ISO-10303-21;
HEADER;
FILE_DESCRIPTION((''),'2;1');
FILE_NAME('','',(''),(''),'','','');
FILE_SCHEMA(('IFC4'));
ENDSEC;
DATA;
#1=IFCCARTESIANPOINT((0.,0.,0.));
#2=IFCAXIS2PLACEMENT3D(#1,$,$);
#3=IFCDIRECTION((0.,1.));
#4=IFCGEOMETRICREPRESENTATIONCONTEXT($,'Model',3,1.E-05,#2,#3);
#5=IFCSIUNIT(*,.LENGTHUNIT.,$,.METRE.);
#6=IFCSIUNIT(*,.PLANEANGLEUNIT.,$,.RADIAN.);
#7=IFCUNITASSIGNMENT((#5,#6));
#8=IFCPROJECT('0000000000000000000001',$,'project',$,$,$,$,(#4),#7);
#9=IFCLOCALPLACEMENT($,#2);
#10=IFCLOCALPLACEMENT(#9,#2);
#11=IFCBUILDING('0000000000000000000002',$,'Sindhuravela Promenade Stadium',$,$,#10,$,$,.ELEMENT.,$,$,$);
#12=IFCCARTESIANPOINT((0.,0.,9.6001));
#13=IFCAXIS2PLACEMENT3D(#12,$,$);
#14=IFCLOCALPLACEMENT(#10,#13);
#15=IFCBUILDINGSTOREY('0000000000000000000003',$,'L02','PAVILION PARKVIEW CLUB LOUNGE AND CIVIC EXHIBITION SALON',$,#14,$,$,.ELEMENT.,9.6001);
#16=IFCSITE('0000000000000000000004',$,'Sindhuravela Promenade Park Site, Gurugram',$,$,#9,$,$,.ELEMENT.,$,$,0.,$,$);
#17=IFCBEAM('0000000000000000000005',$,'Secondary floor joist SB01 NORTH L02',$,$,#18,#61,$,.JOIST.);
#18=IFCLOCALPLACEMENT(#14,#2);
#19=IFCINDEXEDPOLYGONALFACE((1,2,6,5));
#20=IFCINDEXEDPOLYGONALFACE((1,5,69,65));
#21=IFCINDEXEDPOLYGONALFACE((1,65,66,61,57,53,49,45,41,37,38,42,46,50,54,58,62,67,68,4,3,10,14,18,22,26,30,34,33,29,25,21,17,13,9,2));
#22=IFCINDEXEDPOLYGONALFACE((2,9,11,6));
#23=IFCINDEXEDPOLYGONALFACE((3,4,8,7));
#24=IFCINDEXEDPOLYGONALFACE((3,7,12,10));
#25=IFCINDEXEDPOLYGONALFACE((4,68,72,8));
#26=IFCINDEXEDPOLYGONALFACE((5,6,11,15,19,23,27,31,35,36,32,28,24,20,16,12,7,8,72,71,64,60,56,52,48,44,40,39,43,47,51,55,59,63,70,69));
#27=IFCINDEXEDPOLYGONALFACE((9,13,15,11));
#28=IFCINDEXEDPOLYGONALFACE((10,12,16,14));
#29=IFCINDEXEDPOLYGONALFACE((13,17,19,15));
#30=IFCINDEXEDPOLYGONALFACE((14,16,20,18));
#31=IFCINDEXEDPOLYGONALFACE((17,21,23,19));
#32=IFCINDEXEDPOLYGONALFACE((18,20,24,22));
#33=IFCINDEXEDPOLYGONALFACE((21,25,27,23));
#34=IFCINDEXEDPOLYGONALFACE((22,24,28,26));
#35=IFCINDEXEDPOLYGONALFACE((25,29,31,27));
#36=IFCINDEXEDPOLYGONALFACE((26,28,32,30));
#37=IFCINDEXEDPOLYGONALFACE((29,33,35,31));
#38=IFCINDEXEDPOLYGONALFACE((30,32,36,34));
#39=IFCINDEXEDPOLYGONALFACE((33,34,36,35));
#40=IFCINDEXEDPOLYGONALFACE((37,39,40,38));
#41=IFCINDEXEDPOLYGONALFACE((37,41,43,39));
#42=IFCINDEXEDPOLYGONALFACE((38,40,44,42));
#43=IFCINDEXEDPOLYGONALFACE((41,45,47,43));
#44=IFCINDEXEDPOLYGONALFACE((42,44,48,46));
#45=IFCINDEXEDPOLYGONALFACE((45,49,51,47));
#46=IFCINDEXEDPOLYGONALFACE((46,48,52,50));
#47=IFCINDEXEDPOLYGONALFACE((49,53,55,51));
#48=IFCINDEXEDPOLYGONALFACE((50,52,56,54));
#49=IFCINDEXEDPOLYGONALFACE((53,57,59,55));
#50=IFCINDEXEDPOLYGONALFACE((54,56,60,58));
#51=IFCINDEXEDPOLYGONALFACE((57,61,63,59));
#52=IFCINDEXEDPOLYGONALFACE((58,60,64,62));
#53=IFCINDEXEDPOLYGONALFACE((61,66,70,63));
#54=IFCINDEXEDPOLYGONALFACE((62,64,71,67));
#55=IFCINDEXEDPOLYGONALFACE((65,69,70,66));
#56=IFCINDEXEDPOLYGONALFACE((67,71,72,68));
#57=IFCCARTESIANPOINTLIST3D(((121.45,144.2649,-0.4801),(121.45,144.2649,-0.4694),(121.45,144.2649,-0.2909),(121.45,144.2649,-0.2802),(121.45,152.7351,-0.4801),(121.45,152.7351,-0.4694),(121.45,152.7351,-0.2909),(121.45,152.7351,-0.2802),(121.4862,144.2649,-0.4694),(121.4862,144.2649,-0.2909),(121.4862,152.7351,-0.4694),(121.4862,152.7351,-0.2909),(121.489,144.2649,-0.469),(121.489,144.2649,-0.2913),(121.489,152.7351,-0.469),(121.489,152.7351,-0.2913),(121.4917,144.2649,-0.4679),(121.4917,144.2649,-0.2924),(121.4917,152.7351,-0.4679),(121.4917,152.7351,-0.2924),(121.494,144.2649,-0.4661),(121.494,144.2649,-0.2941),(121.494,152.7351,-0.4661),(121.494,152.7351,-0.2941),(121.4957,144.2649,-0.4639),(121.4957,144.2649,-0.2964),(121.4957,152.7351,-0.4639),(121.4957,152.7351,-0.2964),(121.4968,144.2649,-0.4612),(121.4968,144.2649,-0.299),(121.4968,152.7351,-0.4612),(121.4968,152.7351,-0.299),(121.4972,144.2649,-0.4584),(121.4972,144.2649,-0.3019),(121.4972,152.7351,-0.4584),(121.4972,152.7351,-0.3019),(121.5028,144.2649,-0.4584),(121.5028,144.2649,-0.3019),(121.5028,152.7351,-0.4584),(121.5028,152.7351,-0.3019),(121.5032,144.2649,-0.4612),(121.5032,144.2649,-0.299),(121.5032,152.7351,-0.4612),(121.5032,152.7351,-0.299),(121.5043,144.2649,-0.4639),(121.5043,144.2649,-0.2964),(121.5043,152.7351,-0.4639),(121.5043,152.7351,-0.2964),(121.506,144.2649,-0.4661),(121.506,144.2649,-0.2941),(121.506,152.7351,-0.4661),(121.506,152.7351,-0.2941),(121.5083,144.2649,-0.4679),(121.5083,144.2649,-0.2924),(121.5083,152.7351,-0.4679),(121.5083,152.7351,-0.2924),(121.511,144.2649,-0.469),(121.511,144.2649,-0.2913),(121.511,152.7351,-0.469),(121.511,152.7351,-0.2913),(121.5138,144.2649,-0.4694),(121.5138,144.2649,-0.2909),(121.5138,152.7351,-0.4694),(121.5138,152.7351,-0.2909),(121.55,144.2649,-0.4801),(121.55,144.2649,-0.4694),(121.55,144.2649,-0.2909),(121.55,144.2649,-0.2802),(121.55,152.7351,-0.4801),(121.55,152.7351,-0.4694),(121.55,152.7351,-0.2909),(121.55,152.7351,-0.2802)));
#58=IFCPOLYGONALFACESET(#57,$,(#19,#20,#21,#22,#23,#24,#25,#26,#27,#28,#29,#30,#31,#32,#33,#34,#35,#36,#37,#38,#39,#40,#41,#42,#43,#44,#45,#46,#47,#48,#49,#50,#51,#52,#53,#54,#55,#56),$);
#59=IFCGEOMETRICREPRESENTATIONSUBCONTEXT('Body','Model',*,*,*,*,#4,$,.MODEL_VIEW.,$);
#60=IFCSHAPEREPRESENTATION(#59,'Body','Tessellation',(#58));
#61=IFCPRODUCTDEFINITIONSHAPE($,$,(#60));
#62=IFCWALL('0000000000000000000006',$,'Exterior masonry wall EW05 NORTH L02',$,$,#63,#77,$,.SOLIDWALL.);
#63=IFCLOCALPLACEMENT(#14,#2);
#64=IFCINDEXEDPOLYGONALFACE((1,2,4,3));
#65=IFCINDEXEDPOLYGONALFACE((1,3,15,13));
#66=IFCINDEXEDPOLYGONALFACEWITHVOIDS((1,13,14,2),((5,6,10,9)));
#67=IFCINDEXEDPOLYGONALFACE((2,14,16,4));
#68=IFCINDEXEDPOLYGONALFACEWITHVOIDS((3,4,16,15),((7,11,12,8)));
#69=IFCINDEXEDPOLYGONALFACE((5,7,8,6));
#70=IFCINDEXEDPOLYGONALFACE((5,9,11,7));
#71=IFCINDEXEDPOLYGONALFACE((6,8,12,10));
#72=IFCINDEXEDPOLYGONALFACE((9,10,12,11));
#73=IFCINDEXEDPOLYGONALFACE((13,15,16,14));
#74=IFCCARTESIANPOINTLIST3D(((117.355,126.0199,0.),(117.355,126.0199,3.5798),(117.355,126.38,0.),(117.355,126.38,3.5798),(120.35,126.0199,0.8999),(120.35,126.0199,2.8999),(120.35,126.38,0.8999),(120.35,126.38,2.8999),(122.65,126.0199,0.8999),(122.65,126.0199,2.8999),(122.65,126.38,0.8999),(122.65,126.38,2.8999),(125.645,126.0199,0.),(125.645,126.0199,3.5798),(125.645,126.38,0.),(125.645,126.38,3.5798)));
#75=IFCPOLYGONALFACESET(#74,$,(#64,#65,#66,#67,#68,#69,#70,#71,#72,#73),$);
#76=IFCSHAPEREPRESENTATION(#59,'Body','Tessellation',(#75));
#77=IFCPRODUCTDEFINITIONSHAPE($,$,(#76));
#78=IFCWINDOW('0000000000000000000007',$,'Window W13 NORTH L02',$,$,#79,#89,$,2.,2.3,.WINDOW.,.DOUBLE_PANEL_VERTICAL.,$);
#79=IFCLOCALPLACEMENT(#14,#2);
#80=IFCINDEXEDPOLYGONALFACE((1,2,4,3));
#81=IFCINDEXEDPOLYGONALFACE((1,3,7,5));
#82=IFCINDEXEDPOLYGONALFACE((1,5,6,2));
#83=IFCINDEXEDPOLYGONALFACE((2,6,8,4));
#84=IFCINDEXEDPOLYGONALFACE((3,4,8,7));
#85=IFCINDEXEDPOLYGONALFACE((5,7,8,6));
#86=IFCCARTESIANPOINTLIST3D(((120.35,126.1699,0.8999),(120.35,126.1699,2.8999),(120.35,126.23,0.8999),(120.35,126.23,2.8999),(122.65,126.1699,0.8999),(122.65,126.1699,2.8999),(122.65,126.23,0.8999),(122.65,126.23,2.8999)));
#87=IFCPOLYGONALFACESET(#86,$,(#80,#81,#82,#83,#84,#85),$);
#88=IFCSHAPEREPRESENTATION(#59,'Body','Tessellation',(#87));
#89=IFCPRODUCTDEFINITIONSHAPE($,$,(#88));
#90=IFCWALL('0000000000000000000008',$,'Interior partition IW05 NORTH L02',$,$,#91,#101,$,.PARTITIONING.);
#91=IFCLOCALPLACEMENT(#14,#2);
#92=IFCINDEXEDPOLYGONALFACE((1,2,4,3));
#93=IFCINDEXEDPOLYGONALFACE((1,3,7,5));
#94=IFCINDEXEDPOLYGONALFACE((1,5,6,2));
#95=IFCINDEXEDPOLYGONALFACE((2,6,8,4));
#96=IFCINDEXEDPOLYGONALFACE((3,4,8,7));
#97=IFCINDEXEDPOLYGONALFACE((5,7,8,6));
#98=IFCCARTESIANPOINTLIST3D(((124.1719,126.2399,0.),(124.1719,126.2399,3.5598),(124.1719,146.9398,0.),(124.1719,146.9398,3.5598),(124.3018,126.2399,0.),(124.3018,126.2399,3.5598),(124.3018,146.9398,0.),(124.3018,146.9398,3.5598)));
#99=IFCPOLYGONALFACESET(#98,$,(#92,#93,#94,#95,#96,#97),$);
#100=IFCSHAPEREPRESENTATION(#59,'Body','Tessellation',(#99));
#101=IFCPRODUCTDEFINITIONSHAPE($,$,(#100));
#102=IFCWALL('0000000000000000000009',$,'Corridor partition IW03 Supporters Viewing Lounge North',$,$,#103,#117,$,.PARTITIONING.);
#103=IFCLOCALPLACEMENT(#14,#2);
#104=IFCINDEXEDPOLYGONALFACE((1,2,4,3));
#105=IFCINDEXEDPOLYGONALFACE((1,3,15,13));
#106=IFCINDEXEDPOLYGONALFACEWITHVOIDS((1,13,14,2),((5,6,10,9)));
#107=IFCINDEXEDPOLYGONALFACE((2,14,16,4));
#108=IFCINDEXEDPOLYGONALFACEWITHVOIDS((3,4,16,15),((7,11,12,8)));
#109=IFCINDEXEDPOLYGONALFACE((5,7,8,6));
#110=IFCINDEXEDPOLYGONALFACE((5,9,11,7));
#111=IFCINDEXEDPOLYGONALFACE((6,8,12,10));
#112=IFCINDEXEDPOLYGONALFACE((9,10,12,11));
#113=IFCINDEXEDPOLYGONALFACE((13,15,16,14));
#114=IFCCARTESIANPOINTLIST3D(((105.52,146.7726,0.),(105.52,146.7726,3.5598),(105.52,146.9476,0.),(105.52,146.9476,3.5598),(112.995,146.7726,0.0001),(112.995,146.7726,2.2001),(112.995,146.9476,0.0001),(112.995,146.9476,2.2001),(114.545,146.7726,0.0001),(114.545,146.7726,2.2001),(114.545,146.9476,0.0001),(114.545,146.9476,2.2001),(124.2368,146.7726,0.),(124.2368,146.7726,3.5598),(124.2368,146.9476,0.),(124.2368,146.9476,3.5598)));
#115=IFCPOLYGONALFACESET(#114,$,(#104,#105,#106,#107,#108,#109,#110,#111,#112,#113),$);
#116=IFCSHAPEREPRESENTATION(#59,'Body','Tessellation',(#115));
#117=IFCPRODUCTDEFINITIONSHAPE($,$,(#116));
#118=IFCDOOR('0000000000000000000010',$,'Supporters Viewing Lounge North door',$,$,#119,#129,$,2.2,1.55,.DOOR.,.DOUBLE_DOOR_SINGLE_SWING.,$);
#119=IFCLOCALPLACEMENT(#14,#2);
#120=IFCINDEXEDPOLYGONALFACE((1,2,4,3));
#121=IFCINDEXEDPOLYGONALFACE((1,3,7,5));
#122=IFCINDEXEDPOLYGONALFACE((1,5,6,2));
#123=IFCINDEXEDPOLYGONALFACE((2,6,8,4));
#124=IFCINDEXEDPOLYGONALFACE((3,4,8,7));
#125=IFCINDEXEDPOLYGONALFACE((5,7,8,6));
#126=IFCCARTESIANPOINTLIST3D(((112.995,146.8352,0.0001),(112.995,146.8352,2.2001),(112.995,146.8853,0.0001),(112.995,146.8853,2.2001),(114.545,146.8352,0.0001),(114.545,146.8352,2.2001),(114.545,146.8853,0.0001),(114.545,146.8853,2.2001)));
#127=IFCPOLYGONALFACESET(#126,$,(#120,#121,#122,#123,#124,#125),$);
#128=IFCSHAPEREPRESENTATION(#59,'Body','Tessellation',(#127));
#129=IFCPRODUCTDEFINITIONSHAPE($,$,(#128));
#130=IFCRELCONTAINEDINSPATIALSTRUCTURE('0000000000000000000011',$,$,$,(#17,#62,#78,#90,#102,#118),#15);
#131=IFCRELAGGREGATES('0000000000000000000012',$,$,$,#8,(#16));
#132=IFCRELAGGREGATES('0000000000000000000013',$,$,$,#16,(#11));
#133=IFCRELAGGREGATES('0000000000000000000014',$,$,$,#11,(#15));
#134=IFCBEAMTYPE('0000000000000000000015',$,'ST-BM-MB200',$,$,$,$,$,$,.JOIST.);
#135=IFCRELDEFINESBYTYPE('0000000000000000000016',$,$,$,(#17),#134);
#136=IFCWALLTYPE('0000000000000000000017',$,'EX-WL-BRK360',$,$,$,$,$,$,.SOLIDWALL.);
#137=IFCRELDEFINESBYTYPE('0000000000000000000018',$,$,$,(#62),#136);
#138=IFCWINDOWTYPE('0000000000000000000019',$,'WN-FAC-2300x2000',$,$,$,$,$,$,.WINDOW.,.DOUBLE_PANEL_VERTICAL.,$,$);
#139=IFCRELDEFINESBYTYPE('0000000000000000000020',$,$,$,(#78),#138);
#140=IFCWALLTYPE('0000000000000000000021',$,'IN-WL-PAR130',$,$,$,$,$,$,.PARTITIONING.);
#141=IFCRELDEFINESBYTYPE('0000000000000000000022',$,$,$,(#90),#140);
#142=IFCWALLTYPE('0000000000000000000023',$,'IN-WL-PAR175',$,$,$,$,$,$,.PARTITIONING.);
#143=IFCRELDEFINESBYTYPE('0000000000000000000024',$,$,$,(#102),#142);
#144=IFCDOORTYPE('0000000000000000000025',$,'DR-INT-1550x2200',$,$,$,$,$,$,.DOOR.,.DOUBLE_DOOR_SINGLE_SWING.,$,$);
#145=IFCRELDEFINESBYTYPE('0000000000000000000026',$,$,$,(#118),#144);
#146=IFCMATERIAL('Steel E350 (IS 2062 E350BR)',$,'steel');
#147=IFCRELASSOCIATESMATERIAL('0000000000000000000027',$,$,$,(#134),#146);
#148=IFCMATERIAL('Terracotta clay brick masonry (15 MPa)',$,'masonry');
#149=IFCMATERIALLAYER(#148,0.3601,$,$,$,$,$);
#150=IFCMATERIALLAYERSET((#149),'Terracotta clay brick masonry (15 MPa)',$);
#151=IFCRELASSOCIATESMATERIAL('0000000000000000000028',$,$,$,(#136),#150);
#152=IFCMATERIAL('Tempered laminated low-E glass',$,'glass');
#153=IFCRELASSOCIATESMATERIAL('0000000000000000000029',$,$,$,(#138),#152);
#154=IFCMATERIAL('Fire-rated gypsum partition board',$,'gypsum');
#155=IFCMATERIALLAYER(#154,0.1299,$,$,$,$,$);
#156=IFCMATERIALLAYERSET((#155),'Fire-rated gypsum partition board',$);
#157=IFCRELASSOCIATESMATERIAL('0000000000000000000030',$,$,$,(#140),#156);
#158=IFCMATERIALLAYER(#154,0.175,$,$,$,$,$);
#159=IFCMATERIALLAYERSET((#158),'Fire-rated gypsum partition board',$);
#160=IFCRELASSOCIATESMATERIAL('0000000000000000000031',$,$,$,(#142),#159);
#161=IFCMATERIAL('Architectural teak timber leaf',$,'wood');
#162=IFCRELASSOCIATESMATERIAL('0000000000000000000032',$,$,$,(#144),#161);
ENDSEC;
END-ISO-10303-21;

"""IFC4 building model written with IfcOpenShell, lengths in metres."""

from ifc_helpers import new_model, si_unit, direction, frame, frame_2d, origin, origin_2d, place, context, subcontext, project, spatial, rectangle, i_section, extrude, material, layer, layer_set, material_profile, profile_set, type_object, element, fill, save


model = new_model("IFC4")

# Units and contexts
model_context = context("Model", 3, precision=1e-05, world=origin(), true_north=direction((0.0, 1.0)))
body_context = subcontext(model_context, "Body", "Model", "MODEL_VIEW")
ifc_project = project(units=[si_unit("LENGTHUNIT", "METRE"), si_unit("PLANEANGLEUNIT", "RADIAN")], contexts=[model_context])

# Site, building, storey
site_placement = place(None, origin())
site = spatial("IfcSite", under=ifc_project, at=site_placement, Name="Sindhuravela Promenade Park Site, Gurugram", CompositionType="ELEMENT", RefElevation=0.0)
building_placement = place(site_placement, origin())
building = spatial("IfcBuilding", under=site, at=building_placement, Name="Sindhuravela Promenade Stadium", CompositionType="ELEMENT")
storey_placement = place(building_placement, frame((0.0, 0.0, 9.6001)))
storey = spatial("IfcBuildingStorey", under=building, at=storey_placement, Name="L02", Description="PAVILION PARKVIEW CLUB LOUNGE AND CIVIC EXHIBITION SALON", CompositionType="ELEMENT", Elevation=9.6001)

# Beam
ifc_material_1 = material(Name="Steel E350 (IS 2062 E350BR)", Category="steel")
ifc_material_profile_1 = material_profile(ifc_material_1, i_section(OverallWidth=0.1001, OverallDepth=0.2, WebThickness=0.0056, FlangeThickness=0.0107, FilletRadius=0.011, at=origin_2d()), Name="ISMB 200")
ifc_profile_set_1 = profile_set([ifc_material_profile_1], Name="Steel E350 (IS 2062 E350BR)")
beam_type_1 = type_object("IfcBeamType", Name="ST-BM-MB200", PredefinedType="JOIST", material=ifc_profile_set_1)
beam_1_placement = place(storey_placement, frame((121.5, 144.2649, -0.3801), z_axis=(0.0, 1.0, 0.0), x_axis=(-1.0, 0.0, 0.0)))
element("IfcBeam", 1, at=beam_1_placement, inside=storey, type_object=beam_type_1, Name="Secondary floor joist SB01 NORTH L02", PredefinedType="JOIST", context=body_context, shape_type="SweptSolid", body=[
    extrude(i_section(OverallWidth=0.1001, OverallDepth=0.2, WebThickness=0.0056, FlangeThickness=0.0107, FilletRadius=0.011, at=origin_2d()), origin(), (0.0, 0.0, 1.0), 8.4702),
])

# Wall, opening, window
ifc_material_2 = material(Name="Terracotta clay brick masonry (15 MPa)", Category="masonry")
ifc_layer_1 = layer(ifc_material_2, 0.3601)
ifc_layer_set_1 = layer_set([ifc_layer_1], Name="Terracotta clay brick masonry (15 MPa)")
wall_type_1 = type_object("IfcWallType", Name="EX-WL-BRK360", PredefinedType="SOLIDWALL", material=ifc_layer_set_1)
wall_1_placement = place(storey_placement, frame((125.645, 126.2, 0.0), z_axis=(0.0, 0.0, 1.0), x_axis=(-1.0, 0.0, 0.0)))
wall_1 = element("IfcWall", 2, at=wall_1_placement, inside=storey, type_object=wall_type_1, Name="Exterior masonry wall EW05 NORTH L02", PredefinedType="SOLIDWALL", context=body_context, shape_type="SweptSolid", body=[
    extrude(rectangle(XDim=8.29, YDim=0.3601, at=frame_2d((4.145, 0.0))), origin(), (0.0, 0.0, 1.0), 3.5798),
])
opening_1_placement = place(wall_1_placement, frame((2.9951, 0.0, 0.8999)))
opening_1 = element("IfcOpeningElement", 3, at=opening_1_placement, cuts=wall_1, PredefinedType="OPENING", context=body_context, shape_type="SweptSolid", body=[
    extrude(rectangle(XDim=2.3, YDim=2.0, at=frame_2d((1.1499, 1.0))), frame((0.0, 0.1899, 0.0), z_axis=(0.0, -1.0, 0.0), x_axis=(1.0, 0.0, 0.0)), (0.0, 0.0, 1.0), 0.3801),
])
ifc_material_3 = material(Name="Tempered laminated low-E glass", Category="glass")
window_type = type_object("IfcWindowType", Name="WN-FAC-2300x2000", PartitioningType="DOUBLE_PANEL_VERTICAL", PredefinedType="WINDOW", material=ifc_material_3)
window_placement = place(opening_1_placement, origin())
window = element("IfcWindow", 4, at=window_placement, inside=storey, type_object=window_type, Name="Window W13 NORTH L02", OverallHeight=2.0, OverallWidth=2.3, PartitioningType="DOUBLE_PANEL_VERTICAL", PredefinedType="WINDOW", context=body_context, shape_type="SweptSolid", body=[
    extrude(rectangle(XDim=2.3, YDim=2.0, at=frame_2d((1.1499, 1.0))), frame((0.0, 0.03, 0.0), z_axis=(0.0, -1.0, 0.0), x_axis=(1.0, 0.0, 0.0)), (0.0, 0.0, 1.0), 0.0601),
])
fill(opening_1, window)

# Wall
ifc_material_4 = material(Name="Fire-rated gypsum partition board", Category="gypsum")
ifc_layer_2 = layer(ifc_material_4, 0.1299)
ifc_layer_set_2 = layer_set([ifc_layer_2], Name="Fire-rated gypsum partition board")
wall_type_2 = type_object("IfcWallType", Name="IN-WL-PAR130", PredefinedType="PARTITIONING", material=ifc_layer_set_2)
wall_2_placement = place(storey_placement, frame((124.2368, 146.9399, 0.0), z_axis=(0.0, 0.0, 1.0), x_axis=(0.0, -1.0, 0.0)))
element("IfcWall", 5, at=wall_2_placement, inside=storey, type_object=wall_type_2, Name="Interior partition IW05 NORTH L02", PredefinedType="PARTITIONING", context=body_context, shape_type="SweptSolid", body=[
    extrude(rectangle(XDim=20.7, YDim=0.1299, at=frame_2d((10.3501, 0.0))), origin(), (0.0, 0.0, 1.0), 3.5598),
])

# Wall, opening, door
ifc_layer_3 = layer(ifc_material_4, 0.175)
ifc_layer_set_3 = layer_set([ifc_layer_3], Name="Fire-rated gypsum partition board")
wall_type_3 = type_object("IfcWallType", Name="IN-WL-PAR175", PredefinedType="PARTITIONING", material=ifc_layer_set_3)
wall_3_placement = place(storey_placement, frame((124.2368, 146.8601, 0.0), z_axis=(0.0, 0.0, 1.0), x_axis=(-1.0, 0.0, 0.0)))
wall_3 = element("IfcWall", 6, at=wall_3_placement, inside=storey, type_object=wall_type_3, Name="Corridor partition IW03 Supporters Viewing Lounge North", PredefinedType="PARTITIONING", context=body_context, shape_type="SweptSolid", body=[
    extrude(rectangle(XDim=18.7168, YDim=0.175, at=frame_2d((9.3584, 0.0))), origin(), (0.0, 0.0, 1.0), 3.5598),
])
opening_2_placement = place(wall_3_placement, frame((9.6919, 0.0, 0.0)))
opening_2 = element("IfcOpeningElement", 7, at=opening_2_placement, cuts=wall_3, PredefinedType="OPENING", context=body_context, shape_type="SweptSolid", body=[
    extrude(rectangle(XDim=1.55, YDim=2.2, at=frame_2d((0.7749, 1.1001))), frame((0.0, 0.0974, 0.0), z_axis=(0.0, -1.0, 0.0), x_axis=(1.0, 0.0, 0.0)), (0.0, 0.0, 1.0), 0.1951),
])
ifc_material_5 = material(Name="Architectural teak timber leaf", Category="wood")
door_type = type_object("IfcDoorType", Name="DR-INT-1550x2200", OperationType="DOUBLE_DOOR_SINGLE_SWING", PredefinedType="DOOR", material=ifc_material_5)
door_placement = place(opening_2_placement, origin())
door = element("IfcDoor", 8, at=door_placement, inside=storey, type_object=door_type, Name="Supporters Viewing Lounge North door", OperationType="DOUBLE_DOOR_SINGLE_SWING", OverallHeight=2.2, OverallWidth=1.55, PredefinedType="DOOR", context=body_context, shape_type="SweptSolid", body=[
    extrude(rectangle(XDim=1.55, YDim=2.2, at=frame_2d((0.7749, 1.1001))), frame((0.0, 0.0249, 0.0), z_axis=(0.0, -1.0, 0.0), x_axis=(1.0, 0.0, 0.0)), (0.0, 0.0, 1.0), 0.05),
])
fill(opening_2, door)

save(model, "model.ifc")
